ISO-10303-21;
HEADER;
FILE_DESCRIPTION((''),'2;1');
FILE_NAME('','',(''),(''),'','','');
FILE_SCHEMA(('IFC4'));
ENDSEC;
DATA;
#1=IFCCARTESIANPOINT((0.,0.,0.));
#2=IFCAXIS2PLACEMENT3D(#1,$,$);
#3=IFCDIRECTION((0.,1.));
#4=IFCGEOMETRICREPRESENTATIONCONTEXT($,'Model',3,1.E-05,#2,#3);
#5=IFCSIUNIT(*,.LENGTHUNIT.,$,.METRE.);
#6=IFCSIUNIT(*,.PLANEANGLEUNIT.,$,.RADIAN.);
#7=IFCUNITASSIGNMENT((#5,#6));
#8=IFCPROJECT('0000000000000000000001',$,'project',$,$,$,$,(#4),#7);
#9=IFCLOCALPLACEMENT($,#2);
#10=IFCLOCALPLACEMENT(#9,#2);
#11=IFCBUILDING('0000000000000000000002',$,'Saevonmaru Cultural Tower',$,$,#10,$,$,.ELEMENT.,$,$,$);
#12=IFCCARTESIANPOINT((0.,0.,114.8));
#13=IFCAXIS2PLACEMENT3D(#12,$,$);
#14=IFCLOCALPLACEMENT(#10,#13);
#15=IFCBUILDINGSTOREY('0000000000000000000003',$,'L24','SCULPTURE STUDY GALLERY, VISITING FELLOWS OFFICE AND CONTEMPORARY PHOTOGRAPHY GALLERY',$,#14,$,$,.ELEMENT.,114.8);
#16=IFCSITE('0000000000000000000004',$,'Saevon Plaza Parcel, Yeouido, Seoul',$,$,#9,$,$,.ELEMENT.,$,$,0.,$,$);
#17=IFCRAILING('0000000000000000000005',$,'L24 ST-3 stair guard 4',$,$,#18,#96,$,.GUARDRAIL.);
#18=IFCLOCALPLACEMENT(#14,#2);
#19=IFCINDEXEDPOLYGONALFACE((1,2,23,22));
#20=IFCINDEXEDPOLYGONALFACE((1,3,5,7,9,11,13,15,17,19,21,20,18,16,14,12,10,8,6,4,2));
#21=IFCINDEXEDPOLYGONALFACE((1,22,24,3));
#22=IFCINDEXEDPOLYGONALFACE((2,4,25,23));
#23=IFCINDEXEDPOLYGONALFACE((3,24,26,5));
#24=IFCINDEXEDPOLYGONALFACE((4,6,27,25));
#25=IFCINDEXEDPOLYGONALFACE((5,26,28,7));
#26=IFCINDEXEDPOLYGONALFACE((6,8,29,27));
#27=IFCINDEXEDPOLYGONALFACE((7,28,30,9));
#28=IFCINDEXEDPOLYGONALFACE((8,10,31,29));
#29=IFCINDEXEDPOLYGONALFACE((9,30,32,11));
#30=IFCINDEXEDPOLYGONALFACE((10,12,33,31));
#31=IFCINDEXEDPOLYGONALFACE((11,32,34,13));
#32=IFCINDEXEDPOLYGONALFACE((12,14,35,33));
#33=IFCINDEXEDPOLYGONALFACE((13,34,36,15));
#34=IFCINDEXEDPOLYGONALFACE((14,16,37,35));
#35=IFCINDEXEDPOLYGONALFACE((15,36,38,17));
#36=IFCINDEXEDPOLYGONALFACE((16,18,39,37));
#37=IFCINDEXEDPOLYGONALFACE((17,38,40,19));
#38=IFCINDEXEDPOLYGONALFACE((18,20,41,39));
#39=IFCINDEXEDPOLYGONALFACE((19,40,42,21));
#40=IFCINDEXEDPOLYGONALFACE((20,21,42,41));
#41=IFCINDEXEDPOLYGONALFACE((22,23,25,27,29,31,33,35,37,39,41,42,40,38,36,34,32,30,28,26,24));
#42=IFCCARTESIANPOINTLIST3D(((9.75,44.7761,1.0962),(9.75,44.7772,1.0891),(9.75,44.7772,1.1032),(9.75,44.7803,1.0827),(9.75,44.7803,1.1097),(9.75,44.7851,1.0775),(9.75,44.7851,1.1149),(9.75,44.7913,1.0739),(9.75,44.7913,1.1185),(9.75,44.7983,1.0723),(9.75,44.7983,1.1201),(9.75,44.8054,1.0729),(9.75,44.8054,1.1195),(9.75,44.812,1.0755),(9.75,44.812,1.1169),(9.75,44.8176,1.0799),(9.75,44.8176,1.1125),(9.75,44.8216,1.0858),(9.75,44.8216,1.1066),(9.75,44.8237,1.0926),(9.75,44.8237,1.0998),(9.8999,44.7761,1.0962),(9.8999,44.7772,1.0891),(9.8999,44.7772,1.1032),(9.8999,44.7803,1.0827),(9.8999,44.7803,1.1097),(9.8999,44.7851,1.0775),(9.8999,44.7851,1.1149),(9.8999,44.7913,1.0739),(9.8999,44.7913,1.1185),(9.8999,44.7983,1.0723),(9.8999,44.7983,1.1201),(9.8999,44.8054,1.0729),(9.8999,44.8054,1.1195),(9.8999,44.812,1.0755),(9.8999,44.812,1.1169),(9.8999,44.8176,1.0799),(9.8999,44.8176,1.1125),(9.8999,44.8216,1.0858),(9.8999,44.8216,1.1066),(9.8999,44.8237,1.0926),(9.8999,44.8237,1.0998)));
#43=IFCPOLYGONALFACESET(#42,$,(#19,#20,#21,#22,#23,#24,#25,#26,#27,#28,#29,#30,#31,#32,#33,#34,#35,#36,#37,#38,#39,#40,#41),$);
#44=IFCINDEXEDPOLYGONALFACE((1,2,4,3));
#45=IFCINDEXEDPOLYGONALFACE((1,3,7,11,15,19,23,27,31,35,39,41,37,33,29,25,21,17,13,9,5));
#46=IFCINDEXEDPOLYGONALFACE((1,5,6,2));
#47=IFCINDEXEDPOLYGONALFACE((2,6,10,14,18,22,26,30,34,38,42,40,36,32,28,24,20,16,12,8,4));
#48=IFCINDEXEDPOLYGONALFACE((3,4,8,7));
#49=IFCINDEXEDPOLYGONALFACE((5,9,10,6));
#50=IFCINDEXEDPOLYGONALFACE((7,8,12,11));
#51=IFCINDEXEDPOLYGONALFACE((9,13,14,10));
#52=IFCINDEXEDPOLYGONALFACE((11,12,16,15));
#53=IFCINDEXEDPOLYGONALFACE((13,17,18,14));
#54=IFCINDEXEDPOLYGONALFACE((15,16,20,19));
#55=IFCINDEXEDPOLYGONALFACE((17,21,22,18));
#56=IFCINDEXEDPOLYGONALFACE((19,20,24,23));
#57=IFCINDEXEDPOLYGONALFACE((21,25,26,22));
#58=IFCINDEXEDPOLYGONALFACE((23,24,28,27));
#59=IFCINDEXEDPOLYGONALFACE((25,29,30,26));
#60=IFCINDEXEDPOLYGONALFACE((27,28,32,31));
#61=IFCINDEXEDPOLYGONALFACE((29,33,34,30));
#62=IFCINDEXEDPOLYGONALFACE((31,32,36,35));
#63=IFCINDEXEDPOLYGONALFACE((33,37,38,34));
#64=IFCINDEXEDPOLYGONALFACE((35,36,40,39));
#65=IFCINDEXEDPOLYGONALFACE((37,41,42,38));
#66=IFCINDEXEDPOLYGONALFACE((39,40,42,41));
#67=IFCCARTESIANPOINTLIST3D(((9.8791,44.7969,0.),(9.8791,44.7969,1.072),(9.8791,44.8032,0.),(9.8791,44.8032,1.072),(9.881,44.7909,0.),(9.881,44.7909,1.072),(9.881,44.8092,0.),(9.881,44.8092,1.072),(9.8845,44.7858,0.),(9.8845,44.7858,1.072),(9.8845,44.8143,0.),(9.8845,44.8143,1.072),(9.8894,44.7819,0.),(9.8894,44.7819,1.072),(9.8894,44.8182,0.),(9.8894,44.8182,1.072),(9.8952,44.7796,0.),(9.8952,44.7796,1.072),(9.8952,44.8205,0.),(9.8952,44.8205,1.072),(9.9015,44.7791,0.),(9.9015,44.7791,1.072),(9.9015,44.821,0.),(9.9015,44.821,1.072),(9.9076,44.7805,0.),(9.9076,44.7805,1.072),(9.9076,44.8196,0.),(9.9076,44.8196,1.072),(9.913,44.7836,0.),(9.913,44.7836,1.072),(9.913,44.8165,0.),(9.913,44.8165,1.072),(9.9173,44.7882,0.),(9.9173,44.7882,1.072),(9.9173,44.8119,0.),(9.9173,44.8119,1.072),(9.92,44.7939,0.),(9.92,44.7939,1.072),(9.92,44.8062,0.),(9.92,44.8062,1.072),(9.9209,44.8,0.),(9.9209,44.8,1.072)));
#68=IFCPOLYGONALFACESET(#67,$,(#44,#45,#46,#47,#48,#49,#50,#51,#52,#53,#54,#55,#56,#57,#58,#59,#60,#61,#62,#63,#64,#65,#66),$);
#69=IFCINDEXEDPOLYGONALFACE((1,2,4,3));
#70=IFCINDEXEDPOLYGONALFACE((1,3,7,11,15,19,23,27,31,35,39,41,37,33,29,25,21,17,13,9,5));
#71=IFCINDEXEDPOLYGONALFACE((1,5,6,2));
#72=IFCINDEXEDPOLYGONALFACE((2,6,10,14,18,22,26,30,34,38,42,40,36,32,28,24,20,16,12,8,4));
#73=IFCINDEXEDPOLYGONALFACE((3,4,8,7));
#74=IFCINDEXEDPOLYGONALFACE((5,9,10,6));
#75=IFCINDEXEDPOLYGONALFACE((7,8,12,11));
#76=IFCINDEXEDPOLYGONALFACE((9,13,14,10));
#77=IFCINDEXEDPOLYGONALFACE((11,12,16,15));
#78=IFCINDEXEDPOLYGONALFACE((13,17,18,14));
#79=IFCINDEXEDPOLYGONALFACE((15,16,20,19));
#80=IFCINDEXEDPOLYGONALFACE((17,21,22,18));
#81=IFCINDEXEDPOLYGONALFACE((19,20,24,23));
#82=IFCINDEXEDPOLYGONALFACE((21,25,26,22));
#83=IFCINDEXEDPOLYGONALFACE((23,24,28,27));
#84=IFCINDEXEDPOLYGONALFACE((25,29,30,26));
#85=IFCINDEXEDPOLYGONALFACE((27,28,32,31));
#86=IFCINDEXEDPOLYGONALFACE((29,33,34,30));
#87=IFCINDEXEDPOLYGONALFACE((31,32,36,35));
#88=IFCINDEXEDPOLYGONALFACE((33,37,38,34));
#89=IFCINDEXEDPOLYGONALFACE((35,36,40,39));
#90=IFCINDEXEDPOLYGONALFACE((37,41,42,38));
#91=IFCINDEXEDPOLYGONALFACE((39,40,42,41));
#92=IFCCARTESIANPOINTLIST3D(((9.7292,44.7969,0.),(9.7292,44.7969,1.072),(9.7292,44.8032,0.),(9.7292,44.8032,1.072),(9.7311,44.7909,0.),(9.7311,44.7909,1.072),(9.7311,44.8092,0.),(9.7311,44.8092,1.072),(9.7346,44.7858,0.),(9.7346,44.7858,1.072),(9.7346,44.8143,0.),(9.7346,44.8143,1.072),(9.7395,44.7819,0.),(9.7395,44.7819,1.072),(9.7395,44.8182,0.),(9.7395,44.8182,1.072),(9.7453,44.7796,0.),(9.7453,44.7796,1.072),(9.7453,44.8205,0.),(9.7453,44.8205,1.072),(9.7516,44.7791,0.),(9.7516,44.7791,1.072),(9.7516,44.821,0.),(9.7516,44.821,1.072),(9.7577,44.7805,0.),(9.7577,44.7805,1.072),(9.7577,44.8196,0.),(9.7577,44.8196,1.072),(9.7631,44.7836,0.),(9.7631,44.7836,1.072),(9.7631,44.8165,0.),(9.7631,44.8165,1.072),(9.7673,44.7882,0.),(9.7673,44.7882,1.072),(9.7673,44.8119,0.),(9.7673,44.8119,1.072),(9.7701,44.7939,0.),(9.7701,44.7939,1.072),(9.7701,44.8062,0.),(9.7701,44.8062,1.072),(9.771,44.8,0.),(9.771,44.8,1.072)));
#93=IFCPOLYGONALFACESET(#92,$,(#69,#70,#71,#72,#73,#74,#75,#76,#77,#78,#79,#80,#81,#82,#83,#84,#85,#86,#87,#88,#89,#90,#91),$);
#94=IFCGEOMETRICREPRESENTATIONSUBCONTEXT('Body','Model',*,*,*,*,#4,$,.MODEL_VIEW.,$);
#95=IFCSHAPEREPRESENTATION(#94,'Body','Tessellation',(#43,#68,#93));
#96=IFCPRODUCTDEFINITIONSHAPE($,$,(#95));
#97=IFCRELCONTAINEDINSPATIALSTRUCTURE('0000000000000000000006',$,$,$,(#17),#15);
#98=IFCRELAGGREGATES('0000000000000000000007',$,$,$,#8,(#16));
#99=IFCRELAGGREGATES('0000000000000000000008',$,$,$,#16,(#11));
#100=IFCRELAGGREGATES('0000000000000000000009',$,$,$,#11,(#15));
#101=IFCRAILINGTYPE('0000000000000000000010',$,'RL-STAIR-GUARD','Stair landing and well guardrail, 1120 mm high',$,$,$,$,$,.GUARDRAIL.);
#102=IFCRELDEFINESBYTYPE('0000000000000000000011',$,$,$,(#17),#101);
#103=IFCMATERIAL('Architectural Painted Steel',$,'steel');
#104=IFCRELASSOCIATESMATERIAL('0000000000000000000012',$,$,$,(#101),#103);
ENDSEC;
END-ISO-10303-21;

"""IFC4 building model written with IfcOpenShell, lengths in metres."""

from ifc_helpers import new_model, si_unit, direction, frame, origin, origin_2d, place, context, subcontext, project, spatial, circle, extrude, material, type_object, element, save


model = new_model("IFC4")

# Units and contexts
model_context = context("Model", 3, precision=1e-05, world=origin(), true_north=direction((0.0, 1.0)))
body_context = subcontext(model_context, "Body", "Model", "MODEL_VIEW")
ifc_project = project(units=[si_unit("LENGTHUNIT", "METRE"), si_unit("PLANEANGLEUNIT", "RADIAN")], contexts=[model_context])

# Site, building, storey
site_placement = place(None, origin())
site = spatial("IfcSite", under=ifc_project, at=site_placement, Name="Saevon Plaza Parcel, Yeouido, Seoul", CompositionType="ELEMENT", RefElevation=0.0)
building_placement = place(site_placement, origin())
building = spatial("IfcBuilding", under=site, at=building_placement, Name="Saevonmaru Cultural Tower", CompositionType="ELEMENT")
storey_placement = place(building_placement, frame((0.0, 0.0, 114.8)))
storey = spatial("IfcBuildingStorey", under=building, at=storey_placement, Name="L24", Description="SCULPTURE STUDY GALLERY, VISITING FELLOWS OFFICE AND CONTEMPORARY PHOTOGRAPHY GALLERY", CompositionType="ELEMENT", Elevation=114.8)

# Railing
ifc_material_1 = material(Name="Architectural Painted Steel", Category="steel")
railing_type_1 = type_object("IfcRailingType", Name="RL-STAIR-GUARD", Description="Stair landing and well guardrail, 1120 mm high", PredefinedType="GUARDRAIL", material=ifc_material_1)
railing_1_placement = place(storey_placement, frame((9.8999, 44.8, 0.0)))
element("IfcRailing", 1, at=railing_1_placement, inside=storey, type_object=railing_type_1, Name="L24 ST-3 stair guard 4", PredefinedType="GUARDRAIL", context=body_context, shape_type="SweptSolid", body=[
    extrude(circle(Radius=0.0239, at=origin_2d()), frame((0.0, 0.0, 1.0962), z_axis=(-1.0, 0.0, 0.0), x_axis=(0.0, -1.0, 0.0)), (0.0, 0.0, 1.0), 0.1499),
    extrude(circle(Radius=0.021, at=origin_2d()), origin(), (0.0, 0.0, 1.0), 1.072),
    extrude(circle(Radius=0.021, at=origin_2d()), frame((-0.1499, 0.0, 0.0)), (0.0, 0.0, 1.0), 1.072),
])

save(model, "model.ifc")
